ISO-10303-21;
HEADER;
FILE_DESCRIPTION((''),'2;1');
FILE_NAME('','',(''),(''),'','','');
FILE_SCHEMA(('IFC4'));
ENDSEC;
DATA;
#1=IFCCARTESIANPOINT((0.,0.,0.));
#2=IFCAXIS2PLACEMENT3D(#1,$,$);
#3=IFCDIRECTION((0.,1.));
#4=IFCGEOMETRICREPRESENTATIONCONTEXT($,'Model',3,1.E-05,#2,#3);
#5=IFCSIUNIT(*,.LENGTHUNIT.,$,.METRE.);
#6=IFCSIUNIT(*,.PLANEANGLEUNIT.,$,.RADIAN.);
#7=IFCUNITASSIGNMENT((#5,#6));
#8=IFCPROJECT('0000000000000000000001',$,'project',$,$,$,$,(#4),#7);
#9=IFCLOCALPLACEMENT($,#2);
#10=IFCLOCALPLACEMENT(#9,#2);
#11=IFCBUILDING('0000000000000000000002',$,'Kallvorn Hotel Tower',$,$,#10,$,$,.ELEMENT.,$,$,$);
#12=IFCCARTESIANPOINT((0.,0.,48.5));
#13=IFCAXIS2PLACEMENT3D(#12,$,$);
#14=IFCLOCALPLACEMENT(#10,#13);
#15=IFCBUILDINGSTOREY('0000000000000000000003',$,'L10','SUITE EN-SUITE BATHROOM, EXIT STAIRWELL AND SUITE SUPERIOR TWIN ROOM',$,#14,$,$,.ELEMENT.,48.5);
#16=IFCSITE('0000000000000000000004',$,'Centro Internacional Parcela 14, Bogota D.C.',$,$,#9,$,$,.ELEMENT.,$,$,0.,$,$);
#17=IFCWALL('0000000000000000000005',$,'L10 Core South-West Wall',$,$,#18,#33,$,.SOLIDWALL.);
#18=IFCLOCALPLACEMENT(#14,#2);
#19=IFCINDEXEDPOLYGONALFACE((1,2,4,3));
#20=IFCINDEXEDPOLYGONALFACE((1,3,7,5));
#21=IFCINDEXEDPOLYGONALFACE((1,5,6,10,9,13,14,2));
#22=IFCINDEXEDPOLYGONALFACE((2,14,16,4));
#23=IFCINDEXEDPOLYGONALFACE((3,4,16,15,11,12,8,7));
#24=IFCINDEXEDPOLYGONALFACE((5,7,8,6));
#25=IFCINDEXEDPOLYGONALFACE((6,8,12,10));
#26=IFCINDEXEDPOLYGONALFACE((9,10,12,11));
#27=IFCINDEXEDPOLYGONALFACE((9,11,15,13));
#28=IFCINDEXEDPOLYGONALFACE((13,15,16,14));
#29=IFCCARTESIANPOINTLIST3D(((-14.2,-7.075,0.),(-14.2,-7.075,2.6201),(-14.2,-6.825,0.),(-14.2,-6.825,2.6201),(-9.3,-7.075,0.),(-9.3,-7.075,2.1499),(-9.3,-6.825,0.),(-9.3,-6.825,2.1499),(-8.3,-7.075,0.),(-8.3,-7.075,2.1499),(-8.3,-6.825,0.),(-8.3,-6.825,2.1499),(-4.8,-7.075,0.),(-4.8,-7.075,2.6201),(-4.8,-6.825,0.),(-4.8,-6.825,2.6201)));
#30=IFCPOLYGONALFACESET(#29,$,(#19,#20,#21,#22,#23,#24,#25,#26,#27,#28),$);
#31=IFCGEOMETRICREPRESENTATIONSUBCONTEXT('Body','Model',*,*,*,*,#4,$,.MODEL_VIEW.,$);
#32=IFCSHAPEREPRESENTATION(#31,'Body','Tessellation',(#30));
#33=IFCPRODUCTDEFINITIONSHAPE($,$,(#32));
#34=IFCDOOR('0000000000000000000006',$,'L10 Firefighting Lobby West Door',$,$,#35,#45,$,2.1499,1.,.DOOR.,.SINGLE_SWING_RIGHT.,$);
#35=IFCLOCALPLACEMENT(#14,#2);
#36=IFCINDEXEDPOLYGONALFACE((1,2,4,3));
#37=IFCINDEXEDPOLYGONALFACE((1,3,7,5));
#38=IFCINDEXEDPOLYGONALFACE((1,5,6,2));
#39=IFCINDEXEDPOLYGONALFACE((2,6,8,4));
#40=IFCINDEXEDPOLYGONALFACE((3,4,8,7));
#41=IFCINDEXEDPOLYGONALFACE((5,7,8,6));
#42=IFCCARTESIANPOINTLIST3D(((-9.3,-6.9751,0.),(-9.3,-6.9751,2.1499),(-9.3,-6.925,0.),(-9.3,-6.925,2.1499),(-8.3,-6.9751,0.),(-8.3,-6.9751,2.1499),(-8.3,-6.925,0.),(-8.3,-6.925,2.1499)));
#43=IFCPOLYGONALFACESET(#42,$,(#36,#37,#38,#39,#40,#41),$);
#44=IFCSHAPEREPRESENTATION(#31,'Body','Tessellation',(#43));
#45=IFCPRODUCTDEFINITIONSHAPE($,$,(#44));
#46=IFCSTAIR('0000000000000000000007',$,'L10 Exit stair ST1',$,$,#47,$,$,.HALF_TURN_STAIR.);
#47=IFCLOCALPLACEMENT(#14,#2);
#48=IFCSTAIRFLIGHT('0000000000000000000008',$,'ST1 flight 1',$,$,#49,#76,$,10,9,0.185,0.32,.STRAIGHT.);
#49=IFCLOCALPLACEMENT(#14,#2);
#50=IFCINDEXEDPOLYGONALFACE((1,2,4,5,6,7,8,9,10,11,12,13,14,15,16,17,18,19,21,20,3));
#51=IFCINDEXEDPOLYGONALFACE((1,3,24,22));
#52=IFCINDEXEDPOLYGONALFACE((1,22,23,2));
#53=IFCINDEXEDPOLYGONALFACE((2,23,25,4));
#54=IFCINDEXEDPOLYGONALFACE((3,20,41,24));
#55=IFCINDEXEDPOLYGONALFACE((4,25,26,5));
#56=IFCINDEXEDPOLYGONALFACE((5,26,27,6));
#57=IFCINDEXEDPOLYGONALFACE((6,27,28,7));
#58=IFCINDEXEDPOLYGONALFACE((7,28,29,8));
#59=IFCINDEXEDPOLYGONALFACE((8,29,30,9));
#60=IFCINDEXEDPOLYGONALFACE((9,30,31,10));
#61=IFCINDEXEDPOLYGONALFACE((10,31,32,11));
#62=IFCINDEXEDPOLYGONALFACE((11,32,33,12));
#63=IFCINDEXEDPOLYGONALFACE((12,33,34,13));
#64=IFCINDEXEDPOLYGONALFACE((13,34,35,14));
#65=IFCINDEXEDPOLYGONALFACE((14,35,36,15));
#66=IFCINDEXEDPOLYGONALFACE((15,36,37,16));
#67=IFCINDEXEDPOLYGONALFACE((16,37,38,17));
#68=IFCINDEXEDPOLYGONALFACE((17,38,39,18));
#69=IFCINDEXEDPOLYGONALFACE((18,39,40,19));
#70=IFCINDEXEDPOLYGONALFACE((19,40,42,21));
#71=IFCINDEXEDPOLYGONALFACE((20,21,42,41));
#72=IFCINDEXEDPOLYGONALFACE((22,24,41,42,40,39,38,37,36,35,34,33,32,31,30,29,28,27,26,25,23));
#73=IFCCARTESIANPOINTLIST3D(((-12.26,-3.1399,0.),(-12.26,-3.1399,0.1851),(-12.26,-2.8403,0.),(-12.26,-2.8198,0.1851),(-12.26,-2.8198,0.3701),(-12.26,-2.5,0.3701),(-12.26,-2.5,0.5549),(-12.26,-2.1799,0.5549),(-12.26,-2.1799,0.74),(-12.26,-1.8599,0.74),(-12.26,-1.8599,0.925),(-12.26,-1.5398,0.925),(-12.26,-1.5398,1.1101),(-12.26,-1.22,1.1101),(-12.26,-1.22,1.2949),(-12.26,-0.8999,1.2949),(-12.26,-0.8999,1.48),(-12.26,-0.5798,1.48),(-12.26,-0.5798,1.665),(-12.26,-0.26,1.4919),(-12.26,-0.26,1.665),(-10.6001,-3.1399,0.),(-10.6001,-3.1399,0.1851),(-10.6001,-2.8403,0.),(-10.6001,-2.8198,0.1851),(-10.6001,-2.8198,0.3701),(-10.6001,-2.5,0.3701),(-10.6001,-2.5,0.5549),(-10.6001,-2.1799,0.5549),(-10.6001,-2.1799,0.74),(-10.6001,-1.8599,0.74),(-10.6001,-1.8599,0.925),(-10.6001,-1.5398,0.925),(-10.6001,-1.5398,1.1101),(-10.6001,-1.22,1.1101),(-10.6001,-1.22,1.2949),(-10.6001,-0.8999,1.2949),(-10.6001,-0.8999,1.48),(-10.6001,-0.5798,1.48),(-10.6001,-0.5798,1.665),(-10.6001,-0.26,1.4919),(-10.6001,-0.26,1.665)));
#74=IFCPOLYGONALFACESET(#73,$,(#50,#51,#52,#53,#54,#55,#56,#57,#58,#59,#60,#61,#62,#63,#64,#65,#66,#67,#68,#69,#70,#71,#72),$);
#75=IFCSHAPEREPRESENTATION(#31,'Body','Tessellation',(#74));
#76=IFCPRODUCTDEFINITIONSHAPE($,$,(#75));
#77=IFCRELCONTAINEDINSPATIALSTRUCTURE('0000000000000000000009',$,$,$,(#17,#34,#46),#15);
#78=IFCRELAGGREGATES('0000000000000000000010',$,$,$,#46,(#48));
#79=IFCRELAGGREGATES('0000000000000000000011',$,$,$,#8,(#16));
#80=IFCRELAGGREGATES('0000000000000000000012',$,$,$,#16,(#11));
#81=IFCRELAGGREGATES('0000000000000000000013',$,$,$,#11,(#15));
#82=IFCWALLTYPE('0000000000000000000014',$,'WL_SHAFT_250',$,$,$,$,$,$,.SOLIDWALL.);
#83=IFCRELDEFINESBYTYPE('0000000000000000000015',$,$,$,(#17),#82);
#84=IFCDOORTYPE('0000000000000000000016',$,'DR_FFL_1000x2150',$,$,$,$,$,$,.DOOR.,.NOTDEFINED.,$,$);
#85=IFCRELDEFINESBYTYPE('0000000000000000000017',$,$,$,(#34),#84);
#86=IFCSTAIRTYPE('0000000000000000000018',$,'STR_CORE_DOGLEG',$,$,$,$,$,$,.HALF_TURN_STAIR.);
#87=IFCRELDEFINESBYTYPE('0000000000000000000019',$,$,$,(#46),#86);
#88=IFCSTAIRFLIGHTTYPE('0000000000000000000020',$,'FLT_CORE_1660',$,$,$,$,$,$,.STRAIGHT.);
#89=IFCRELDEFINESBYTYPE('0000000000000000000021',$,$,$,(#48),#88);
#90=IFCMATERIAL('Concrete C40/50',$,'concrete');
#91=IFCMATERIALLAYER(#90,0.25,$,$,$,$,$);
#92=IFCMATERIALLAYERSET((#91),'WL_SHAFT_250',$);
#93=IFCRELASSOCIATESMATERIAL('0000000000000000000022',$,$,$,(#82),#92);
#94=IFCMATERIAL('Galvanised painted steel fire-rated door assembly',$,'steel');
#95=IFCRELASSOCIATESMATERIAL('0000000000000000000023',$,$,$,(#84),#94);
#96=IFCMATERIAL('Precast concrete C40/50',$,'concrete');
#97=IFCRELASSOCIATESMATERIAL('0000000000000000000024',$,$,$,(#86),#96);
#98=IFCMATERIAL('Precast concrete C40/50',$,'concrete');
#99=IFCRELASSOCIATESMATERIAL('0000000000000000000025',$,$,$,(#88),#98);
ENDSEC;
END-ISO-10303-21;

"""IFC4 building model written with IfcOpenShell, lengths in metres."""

from ifc_helpers import new_model, si_unit, direction, frame, frame_2d, origin, place, context, subcontext, project, spatial, polyline, rectangle, outline, extrude, material, layer, layer_set, type_object, element, fill, aggregate, save


model = new_model("IFC4")

# Units and contexts
model_context = context("Model", 3, precision=1e-05, world=origin(), true_north=direction((0.0, 1.0)))
body_context = subcontext(model_context, "Body", "Model", "MODEL_VIEW")
ifc_project = project(units=[si_unit("LENGTHUNIT", "METRE"), si_unit("PLANEANGLEUNIT", "RADIAN")], contexts=[model_context])

# Site, building, storey
site_placement = place(None, origin())
site = spatial("IfcSite", under=ifc_project, at=site_placement, Name="Centro Internacional Parcela 14, Bogota D.C.", CompositionType="ELEMENT", RefElevation=0.0)
building_placement = place(site_placement, origin())
building = spatial("IfcBuilding", under=site, at=building_placement, Name="Kallvorn Hotel Tower", CompositionType="ELEMENT")
storey_placement = place(building_placement, frame((0.0, 0.0, 48.5)))
storey = spatial("IfcBuildingStorey", under=building, at=storey_placement, Name="L10", Description="SUITE EN-SUITE BATHROOM, EXIT STAIRWELL AND SUITE SUPERIOR TWIN ROOM", CompositionType="ELEMENT", Elevation=48.5)

# Wall, opening, door
ifc_material_1 = material(Name="Concrete C40/50", Category="concrete")
ifc_layer_1 = layer(ifc_material_1, 0.25)
ifc_layer_set_1 = layer_set([ifc_layer_1], Name="WL_SHAFT_250")
wall_type_1 = type_object("IfcWallType", Name="WL_SHAFT_250", PredefinedType="SOLIDWALL", material=ifc_layer_set_1)
wall_1_placement = place(storey_placement, frame((-14.2, -6.95, 0.0), z_axis=(0.0, 0.0, 1.0), x_axis=(1.0, 0.0, 0.0)))
wall_1 = element("IfcWall", 1, at=wall_1_placement, inside=storey, type_object=wall_type_1, Name="L10 Core South-West Wall", PredefinedType="SOLIDWALL", context=body_context, shape_type="SweptSolid", body=[
    extrude(rectangle(XDim=9.3999, YDim=0.25, at=frame_2d((4.7, 0.0))), origin(), (0.0, 0.0, 1.0), 2.6201),
])
opening_1_placement = place(wall_1_placement, frame((4.8999, 0.0, 0.0)))
opening_1 = element("IfcOpeningElement", 2, at=opening_1_placement, cuts=wall_1, PredefinedType="OPENING", context=body_context, shape_type="SweptSolid", body=[
    extrude(rectangle(XDim=1.0, YDim=2.1499, at=frame_2d((0.5, 1.075))), frame((0.0, 0.1399, 0.0), z_axis=(0.0, -1.0, 0.0), x_axis=(1.0, 0.0, 0.0)), (0.0, 0.0, 1.0), 0.28),
])
ifc_material_2 = material(Name="Galvanised painted steel fire-rated door assembly", Category="steel")
door_type_1 = type_object("IfcDoorType", Name="DR_FFL_1000x2150", OperationType="NOTDEFINED", PredefinedType="DOOR", material=ifc_material_2)
door_1_placement = place(opening_1_placement, origin())
door_1 = element("IfcDoor", 3, at=door_1_placement, inside=storey, type_object=door_type_1, Name="L10 Firefighting Lobby West Door", OperationType="SINGLE_SWING_RIGHT", OverallHeight=2.1499, OverallWidth=1.0, PredefinedType="DOOR", context=body_context, shape_type="SweptSolid", body=[
    extrude(rectangle(XDim=1.0, YDim=2.1499, at=frame_2d((0.5, 1.075))), frame((0.0, 0.0249, 0.0), z_axis=(0.0, -1.0, 0.0), x_axis=(1.0, 0.0, 0.0)), (0.0, 0.0, 1.0), 0.05),
])
fill(opening_1, door_1)

# Stair, stair flight
ifc_material_3 = material(Name="Precast concrete C40/50", Category="concrete")
stair_type = type_object("IfcStairType", Name="STR_CORE_DOGLEG", PredefinedType="HALF_TURN_STAIR", material=ifc_material_3)
stair_placement = place(storey_placement, origin())
stair = element("IfcStair", 4, at=stair_placement, inside=storey, type_object=stair_type, Name="L10 Exit stair ST1", PredefinedType="HALF_TURN_STAIR")
ifc_material_4 = material(Name="Precast concrete C40/50", Category="concrete")
stair_flight_type = type_object("IfcStairFlightType", Name="FLT_CORE_1660", PredefinedType="STRAIGHT", material=ifc_material_4)
stair_flight_placement = place(storey_placement, frame((-11.4299, -3.1399, 0.0), z_axis=(0.0, 0.0, 1.0), x_axis=(0.0, 1.0, 0.0)))
stair_flight = element("IfcStairFlight", 5, at=stair_flight_placement, type_object=stair_flight_type, Name="ST1 flight 1", NumberOfRisers=10, NumberOfTreads=9, PredefinedType="STRAIGHT", RiserHeight=0.185, TreadLength=0.32, context=body_context, shape_type="SweptSolid", body=[
    extrude(outline(polyline([(0.0, 0.0), (0.0, 0.1851), (0.3201, 0.1851), (0.3201, 0.3701), (0.6399, 0.3701), (0.6399, 0.5549), (0.96, 0.5549), (0.96, 0.74), (1.28, 0.74), (1.28, 0.925), (1.6001, 0.925), (1.6001, 1.1101), (1.9199, 1.1101), (1.9199, 1.2949), (2.24, 1.2949), (2.24, 1.48), (2.5601, 1.48), (2.5601, 1.665), (2.8799, 1.665), (2.8799, 1.8501), (2.8799, 1.4919), (0.2996, 0.0), (0.0, 0.0)])), frame((0.0, 0.8301, 0.0), z_axis=(0.0, -1.0, 0.0), x_axis=(1.0, 0.0, 0.0)), (0.0, 0.0, 1.0), 1.6599),
])
aggregate(stair, [stair_flight])

save(model, "model.ifc")
